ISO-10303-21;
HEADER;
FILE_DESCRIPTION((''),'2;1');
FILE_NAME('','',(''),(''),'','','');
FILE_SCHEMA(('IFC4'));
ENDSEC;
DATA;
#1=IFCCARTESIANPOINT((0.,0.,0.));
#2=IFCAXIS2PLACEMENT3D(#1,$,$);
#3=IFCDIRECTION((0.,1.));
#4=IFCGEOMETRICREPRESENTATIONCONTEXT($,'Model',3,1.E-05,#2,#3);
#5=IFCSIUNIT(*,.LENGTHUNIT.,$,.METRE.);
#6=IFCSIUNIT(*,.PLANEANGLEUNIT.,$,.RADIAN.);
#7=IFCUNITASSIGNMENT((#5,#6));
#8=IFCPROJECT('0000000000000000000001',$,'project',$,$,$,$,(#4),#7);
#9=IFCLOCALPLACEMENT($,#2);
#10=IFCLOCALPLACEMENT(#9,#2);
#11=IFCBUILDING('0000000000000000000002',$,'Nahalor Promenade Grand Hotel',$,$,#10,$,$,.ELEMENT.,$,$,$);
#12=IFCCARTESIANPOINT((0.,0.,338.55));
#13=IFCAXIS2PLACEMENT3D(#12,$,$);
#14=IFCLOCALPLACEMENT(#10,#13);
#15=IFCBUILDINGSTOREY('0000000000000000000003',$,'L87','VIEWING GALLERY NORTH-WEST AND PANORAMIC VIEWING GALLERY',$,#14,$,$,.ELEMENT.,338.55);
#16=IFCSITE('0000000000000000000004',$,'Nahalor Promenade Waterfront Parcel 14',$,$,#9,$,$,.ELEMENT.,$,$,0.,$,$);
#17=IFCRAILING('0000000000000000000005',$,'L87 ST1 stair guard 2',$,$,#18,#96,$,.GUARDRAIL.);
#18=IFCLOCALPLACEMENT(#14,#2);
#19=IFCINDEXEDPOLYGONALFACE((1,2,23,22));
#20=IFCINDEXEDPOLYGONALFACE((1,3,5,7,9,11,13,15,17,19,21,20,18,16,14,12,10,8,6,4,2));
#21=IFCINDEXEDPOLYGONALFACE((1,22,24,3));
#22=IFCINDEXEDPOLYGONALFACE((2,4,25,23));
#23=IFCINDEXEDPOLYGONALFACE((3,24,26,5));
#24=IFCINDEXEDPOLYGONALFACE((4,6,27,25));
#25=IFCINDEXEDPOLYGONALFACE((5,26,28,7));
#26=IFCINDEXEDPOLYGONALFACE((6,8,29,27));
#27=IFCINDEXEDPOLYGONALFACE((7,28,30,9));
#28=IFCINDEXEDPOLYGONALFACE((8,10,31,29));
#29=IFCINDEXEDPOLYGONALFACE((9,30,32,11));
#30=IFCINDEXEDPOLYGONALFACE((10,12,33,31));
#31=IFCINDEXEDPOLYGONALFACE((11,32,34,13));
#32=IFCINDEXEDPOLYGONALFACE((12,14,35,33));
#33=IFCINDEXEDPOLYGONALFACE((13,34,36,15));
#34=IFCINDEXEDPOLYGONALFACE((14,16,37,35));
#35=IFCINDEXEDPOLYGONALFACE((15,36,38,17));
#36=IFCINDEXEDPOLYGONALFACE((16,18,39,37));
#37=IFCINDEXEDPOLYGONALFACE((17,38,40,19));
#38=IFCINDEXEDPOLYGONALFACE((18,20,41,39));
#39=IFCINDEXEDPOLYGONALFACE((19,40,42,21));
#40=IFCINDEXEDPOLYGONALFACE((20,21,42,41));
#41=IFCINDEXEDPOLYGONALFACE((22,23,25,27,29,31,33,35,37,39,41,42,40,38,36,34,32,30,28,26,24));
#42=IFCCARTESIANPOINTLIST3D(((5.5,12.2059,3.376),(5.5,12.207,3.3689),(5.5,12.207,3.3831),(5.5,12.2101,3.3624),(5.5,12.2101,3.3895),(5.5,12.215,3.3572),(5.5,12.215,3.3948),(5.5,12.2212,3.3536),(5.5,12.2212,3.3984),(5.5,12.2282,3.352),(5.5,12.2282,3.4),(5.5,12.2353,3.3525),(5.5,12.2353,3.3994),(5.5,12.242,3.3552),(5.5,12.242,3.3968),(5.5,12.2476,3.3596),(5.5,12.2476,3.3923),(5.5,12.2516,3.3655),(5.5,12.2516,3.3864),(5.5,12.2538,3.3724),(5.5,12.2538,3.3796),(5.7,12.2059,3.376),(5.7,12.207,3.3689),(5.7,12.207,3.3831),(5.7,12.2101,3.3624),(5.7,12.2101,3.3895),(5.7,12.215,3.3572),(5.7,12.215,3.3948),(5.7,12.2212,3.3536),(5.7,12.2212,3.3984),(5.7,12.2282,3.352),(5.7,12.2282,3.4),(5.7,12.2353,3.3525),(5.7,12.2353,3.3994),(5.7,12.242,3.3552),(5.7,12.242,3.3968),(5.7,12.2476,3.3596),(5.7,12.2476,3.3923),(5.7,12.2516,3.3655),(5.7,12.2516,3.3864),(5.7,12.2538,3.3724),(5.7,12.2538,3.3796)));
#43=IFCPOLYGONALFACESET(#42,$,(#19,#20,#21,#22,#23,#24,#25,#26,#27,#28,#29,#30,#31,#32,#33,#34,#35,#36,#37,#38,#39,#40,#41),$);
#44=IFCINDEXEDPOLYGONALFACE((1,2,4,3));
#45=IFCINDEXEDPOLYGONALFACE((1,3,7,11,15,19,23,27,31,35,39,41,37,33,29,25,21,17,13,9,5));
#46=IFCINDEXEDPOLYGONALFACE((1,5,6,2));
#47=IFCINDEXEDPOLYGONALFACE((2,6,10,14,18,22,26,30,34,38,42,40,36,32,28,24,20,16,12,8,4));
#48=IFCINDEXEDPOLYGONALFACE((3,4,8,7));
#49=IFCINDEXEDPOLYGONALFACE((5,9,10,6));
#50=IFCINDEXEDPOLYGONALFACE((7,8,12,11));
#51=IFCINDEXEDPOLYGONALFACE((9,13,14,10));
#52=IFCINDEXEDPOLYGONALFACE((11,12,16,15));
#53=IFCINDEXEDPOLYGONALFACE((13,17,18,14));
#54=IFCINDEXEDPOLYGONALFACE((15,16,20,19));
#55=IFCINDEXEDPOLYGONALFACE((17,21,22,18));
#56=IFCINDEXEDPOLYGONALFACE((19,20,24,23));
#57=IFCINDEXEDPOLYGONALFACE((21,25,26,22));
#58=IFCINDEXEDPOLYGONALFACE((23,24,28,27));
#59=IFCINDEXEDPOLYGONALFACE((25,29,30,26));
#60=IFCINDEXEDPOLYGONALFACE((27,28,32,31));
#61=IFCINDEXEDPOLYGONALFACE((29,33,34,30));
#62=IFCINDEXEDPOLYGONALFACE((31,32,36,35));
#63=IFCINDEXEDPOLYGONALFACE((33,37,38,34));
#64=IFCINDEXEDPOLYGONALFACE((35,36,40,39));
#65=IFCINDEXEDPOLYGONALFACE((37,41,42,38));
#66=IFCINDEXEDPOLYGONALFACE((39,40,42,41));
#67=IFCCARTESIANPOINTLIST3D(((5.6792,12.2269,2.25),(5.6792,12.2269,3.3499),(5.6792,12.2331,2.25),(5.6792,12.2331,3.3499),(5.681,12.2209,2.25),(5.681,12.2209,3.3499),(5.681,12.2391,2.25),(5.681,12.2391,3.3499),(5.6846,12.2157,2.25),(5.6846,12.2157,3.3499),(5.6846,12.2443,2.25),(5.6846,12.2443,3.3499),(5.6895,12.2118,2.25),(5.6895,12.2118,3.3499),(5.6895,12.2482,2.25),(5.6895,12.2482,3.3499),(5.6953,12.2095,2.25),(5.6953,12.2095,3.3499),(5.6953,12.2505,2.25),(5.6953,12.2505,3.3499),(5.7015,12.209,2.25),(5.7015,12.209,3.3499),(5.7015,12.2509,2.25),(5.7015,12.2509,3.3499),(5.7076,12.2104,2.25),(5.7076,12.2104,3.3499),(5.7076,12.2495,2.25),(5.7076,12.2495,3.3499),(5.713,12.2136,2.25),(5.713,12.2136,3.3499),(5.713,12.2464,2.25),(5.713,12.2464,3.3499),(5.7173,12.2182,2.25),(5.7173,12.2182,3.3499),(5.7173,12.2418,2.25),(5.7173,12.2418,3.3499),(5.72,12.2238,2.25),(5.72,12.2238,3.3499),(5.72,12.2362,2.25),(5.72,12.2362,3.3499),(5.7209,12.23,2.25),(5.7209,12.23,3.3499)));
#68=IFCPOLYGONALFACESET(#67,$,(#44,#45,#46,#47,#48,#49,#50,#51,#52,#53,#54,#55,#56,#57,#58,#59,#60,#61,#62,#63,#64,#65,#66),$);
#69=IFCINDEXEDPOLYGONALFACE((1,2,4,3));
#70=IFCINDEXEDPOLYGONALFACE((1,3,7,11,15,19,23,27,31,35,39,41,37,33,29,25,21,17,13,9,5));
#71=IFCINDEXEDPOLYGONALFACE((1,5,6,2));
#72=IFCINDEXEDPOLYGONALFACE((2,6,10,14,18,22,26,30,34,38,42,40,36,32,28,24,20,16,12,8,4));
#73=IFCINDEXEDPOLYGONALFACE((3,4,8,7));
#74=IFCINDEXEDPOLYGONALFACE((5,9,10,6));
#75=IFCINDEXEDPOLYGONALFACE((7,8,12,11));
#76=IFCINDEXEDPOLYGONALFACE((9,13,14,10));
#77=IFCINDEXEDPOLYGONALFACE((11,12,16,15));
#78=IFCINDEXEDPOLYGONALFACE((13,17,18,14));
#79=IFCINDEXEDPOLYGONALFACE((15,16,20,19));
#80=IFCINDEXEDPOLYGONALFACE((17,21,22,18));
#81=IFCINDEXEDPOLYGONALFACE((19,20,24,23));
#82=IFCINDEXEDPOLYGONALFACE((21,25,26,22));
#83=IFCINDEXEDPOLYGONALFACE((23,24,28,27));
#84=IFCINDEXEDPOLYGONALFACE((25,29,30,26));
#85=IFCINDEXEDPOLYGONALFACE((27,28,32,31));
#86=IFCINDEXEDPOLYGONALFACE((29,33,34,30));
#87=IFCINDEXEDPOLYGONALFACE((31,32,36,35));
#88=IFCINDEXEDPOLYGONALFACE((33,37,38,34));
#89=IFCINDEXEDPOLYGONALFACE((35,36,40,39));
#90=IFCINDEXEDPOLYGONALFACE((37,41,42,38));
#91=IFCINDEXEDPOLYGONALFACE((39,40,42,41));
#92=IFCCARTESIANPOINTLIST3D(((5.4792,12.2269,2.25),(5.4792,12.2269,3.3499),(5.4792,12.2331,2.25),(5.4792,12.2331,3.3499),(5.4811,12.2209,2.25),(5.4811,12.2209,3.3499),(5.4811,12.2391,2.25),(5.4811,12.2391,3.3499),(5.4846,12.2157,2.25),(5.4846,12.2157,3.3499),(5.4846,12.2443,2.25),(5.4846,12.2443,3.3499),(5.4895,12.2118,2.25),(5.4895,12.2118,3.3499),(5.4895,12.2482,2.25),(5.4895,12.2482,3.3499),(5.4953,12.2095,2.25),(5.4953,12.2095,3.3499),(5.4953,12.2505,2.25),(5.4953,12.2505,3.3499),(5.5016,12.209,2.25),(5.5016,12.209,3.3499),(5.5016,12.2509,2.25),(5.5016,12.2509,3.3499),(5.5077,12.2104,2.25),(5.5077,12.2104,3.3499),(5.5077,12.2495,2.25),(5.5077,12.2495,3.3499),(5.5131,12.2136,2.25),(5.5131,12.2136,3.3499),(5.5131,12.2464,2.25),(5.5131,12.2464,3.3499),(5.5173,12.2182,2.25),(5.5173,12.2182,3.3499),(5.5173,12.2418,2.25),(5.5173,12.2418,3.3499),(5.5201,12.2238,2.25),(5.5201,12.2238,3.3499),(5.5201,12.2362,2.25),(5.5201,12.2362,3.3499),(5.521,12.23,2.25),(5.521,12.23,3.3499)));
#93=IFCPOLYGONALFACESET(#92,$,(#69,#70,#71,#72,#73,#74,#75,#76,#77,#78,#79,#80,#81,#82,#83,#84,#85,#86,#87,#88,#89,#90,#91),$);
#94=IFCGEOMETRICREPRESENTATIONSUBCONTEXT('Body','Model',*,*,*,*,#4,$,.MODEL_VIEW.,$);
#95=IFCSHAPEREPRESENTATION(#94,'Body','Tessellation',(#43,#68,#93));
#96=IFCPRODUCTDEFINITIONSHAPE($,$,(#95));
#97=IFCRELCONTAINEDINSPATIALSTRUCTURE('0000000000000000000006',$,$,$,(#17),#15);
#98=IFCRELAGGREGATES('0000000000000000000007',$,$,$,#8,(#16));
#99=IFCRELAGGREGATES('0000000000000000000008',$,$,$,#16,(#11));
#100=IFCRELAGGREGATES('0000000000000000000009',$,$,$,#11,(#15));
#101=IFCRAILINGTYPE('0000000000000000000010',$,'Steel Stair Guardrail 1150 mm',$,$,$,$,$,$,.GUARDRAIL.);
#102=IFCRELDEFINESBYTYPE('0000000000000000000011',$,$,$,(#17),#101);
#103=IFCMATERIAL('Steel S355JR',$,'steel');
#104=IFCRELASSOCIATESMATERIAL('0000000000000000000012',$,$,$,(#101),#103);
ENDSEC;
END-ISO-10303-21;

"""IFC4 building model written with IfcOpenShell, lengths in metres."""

from ifc_helpers import new_model, si_unit, direction, frame, origin, origin_2d, place, context, subcontext, project, spatial, circle, extrude, material, type_object, element, save


model = new_model("IFC4")

# Units and contexts
model_context = context("Model", 3, precision=1e-05, world=origin(), true_north=direction((0.0, 1.0)))
body_context = subcontext(model_context, "Body", "Model", "MODEL_VIEW")
ifc_project = project(units=[si_unit("LENGTHUNIT", "METRE"), si_unit("PLANEANGLEUNIT", "RADIAN")], contexts=[model_context])

# Site, building, storey
site_placement = place(None, origin())
site = spatial("IfcSite", under=ifc_project, at=site_placement, Name="Nahalor Promenade Waterfront Parcel 14", CompositionType="ELEMENT", RefElevation=0.0)
building_placement = place(site_placement, origin())
building = spatial("IfcBuilding", under=site, at=building_placement, Name="Nahalor Promenade Grand Hotel", CompositionType="ELEMENT")
storey_placement = place(building_placement, frame((0.0, 0.0, 338.55)))
storey = spatial("IfcBuildingStorey", under=building, at=storey_placement, Name="L87", Description="VIEWING GALLERY NORTH-WEST AND PANORAMIC VIEWING GALLERY", CompositionType="ELEMENT", Elevation=338.55)

# Shared definitions
ifc_material_1 = material(Name="Steel S355JR", Category="steel")

# Railing
railing_type = type_object("IfcRailingType", Name="Steel Stair Guardrail 1150 mm", PredefinedType="GUARDRAIL", material=ifc_material_1)
railing_1_placement = place(storey_placement, frame((5.7, 12.23, 2.25)))
element("IfcRailing", 1, at=railing_1_placement, inside=storey, type_object=railing_type, Name="L87 ST1 stair guard 2", PredefinedType="GUARDRAIL", context=body_context, shape_type="SweptSolid", body=[
    extrude(circle(Radius=0.024, at=origin_2d()), frame((0.0, 0.0, 1.126), z_axis=(-1.0, 0.0, 0.0), x_axis=(0.0, -1.0, 0.0)), (0.0, 0.0, 1.0), 0.2),
    extrude(circle(Radius=0.021, at=origin_2d()), origin(), (0.0, 0.0, 1.0), 1.0999),
    extrude(circle(Radius=0.021, at=origin_2d()), frame((-0.2, 0.0, 0.0)), (0.0, 0.0, 1.0), 1.0999),
])

save(model, "model.ifc")
